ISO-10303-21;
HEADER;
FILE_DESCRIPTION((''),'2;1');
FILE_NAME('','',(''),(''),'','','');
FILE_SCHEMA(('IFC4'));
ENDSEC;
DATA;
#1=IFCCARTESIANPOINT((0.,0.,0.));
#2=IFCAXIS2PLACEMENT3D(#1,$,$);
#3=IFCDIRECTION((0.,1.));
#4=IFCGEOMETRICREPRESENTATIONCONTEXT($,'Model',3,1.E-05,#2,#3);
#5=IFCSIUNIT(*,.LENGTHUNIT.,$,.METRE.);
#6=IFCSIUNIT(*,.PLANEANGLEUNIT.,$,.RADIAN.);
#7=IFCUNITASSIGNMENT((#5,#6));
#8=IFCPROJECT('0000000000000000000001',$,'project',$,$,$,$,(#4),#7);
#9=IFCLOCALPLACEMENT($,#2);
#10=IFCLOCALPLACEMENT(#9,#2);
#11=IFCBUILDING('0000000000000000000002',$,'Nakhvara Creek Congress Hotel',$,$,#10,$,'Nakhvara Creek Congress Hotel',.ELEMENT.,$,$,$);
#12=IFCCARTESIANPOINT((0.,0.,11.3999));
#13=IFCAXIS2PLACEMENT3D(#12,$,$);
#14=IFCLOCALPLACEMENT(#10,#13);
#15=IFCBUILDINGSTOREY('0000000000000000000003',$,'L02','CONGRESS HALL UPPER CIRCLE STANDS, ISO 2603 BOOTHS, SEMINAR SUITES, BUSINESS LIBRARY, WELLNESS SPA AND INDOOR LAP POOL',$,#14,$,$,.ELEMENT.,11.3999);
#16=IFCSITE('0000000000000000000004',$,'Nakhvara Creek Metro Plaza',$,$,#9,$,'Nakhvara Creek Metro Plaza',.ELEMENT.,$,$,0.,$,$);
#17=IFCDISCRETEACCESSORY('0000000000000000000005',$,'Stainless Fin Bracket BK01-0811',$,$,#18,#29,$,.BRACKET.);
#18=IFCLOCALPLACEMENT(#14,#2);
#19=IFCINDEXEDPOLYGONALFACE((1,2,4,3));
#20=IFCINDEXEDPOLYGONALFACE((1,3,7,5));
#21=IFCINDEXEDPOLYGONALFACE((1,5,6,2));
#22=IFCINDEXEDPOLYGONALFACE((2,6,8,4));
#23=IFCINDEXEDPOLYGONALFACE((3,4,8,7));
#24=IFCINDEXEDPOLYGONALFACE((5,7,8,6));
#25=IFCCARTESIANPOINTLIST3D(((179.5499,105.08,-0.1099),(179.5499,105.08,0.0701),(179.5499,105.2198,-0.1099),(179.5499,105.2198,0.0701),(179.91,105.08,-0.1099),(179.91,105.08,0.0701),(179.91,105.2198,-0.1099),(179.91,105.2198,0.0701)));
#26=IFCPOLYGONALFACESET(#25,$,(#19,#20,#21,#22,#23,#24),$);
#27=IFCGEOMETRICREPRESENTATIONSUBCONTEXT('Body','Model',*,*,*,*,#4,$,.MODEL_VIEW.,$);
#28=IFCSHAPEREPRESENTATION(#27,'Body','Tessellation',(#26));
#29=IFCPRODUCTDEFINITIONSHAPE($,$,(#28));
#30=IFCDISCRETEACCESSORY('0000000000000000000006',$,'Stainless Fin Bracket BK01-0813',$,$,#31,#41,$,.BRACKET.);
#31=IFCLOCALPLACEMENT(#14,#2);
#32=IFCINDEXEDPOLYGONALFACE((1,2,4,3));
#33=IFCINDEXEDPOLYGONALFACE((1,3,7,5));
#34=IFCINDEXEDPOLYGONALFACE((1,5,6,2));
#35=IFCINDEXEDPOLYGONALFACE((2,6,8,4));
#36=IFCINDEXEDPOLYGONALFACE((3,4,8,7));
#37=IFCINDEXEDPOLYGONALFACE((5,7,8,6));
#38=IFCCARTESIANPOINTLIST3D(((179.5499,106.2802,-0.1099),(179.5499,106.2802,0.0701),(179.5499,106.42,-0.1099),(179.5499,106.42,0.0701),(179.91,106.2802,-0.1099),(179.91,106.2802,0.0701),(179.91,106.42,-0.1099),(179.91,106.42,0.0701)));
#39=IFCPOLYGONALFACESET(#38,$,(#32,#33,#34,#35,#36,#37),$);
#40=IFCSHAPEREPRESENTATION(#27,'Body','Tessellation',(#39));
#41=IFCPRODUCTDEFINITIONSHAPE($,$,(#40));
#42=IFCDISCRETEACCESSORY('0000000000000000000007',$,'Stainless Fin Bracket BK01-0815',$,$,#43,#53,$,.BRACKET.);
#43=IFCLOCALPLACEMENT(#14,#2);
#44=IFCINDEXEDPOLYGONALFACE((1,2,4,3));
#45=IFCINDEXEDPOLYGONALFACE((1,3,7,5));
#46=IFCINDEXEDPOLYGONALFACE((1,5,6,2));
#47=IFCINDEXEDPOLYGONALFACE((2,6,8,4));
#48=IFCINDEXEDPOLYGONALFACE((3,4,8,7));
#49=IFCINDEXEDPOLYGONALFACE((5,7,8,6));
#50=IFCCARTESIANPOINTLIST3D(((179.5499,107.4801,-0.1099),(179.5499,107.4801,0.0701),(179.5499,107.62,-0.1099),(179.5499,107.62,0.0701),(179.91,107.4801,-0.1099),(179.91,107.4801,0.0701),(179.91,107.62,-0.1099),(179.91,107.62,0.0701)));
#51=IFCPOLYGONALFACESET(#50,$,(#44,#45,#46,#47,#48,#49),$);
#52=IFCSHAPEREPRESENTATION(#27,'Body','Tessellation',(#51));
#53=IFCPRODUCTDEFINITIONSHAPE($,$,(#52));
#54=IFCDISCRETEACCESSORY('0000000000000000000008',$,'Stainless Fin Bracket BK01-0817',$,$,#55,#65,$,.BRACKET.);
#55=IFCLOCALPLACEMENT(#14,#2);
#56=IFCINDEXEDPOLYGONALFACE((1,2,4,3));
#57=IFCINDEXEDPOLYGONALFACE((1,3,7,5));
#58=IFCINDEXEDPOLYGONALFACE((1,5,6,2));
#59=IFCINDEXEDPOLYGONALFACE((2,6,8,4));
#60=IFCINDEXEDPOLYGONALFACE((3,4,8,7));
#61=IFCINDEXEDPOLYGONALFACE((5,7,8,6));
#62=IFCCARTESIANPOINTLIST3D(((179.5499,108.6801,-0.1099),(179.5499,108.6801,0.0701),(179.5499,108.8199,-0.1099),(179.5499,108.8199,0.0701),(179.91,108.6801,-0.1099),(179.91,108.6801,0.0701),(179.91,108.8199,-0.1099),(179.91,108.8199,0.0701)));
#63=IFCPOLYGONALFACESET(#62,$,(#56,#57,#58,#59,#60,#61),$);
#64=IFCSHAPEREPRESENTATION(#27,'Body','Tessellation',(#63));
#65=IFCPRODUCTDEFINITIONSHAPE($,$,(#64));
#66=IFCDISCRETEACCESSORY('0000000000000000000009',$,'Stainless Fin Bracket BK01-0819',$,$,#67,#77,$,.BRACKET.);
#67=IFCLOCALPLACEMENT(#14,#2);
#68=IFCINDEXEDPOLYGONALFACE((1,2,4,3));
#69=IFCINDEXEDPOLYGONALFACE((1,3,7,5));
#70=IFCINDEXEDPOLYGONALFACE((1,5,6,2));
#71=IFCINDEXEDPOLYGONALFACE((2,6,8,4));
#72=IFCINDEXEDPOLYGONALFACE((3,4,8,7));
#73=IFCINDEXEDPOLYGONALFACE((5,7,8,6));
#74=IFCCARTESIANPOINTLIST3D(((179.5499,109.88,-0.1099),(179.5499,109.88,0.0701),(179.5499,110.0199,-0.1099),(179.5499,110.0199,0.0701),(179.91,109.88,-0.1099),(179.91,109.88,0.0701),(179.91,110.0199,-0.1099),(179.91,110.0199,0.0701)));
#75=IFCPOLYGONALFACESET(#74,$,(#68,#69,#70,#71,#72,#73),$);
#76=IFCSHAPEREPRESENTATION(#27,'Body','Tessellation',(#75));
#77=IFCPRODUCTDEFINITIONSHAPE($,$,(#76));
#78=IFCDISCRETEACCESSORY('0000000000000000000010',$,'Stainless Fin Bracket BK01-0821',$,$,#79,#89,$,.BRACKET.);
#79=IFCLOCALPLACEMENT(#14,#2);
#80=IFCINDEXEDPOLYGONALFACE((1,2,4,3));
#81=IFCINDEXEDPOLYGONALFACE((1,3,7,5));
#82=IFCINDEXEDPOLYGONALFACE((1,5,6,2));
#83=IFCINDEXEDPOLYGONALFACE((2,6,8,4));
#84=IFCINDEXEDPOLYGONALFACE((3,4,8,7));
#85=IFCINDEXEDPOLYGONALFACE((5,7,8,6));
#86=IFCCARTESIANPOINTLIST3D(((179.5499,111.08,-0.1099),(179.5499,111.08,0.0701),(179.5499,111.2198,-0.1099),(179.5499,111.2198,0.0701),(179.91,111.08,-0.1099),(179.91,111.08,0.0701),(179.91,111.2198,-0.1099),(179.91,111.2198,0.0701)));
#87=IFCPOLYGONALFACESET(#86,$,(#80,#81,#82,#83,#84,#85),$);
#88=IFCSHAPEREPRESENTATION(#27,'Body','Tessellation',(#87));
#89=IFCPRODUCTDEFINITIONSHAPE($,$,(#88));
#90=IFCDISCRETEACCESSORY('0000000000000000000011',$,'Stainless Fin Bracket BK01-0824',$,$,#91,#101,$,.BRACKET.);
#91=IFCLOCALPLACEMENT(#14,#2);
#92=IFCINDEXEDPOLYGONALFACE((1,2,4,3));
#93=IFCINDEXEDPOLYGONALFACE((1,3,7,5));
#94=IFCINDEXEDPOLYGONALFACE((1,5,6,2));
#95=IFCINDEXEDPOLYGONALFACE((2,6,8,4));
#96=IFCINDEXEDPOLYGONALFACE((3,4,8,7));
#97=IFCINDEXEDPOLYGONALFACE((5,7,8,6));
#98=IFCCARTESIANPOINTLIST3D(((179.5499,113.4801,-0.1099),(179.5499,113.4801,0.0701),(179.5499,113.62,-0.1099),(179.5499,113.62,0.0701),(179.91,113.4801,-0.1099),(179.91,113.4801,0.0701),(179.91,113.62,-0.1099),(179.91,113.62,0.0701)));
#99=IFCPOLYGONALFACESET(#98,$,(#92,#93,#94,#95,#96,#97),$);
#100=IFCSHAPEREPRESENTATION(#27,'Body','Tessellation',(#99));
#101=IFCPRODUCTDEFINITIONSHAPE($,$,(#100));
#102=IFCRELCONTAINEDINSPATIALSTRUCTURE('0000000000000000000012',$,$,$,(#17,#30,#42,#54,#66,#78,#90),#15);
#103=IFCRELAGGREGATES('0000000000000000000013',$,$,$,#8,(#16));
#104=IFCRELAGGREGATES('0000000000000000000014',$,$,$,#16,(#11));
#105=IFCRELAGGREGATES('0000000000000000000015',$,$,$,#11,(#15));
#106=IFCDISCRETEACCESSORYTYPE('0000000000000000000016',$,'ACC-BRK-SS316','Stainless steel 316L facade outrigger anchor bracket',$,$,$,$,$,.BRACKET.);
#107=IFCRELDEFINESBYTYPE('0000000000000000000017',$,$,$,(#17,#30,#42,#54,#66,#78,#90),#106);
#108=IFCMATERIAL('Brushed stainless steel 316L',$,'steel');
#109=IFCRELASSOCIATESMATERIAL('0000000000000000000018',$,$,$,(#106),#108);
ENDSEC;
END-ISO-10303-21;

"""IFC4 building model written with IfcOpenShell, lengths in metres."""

from ifc_helpers import new_model, si_unit, direction, frame, origin, origin_2d, place, context, subcontext, project, spatial, rectangle, extrude, material, type_object, element, save


model = new_model("IFC4")

# Units and contexts
model_context = context("Model", 3, precision=1e-05, world=origin(), true_north=direction((0.0, 1.0)))
body_context = subcontext(model_context, "Body", "Model", "MODEL_VIEW")
ifc_project = project(units=[si_unit("LENGTHUNIT", "METRE"), si_unit("PLANEANGLEUNIT", "RADIAN")], contexts=[model_context])

# Site, building, storey
site_placement = place(None, origin())
site = spatial("IfcSite", under=ifc_project, at=site_placement, Name="Nakhvara Creek Metro Plaza", LongName="Nakhvara Creek Metro Plaza", CompositionType="ELEMENT", RefElevation=0.0)
building_placement = place(site_placement, origin())
building = spatial("IfcBuilding", under=site, at=building_placement, Name="Nakhvara Creek Congress Hotel", LongName="Nakhvara Creek Congress Hotel", CompositionType="ELEMENT")
storey_placement = place(building_placement, frame((0.0, 0.0, 11.3999)))
storey = spatial("IfcBuildingStorey", under=building, at=storey_placement, Name="L02", Description="CONGRESS HALL UPPER CIRCLE STANDS, ISO 2603 BOOTHS, SEMINAR SUITES, BUSINESS LIBRARY, WELLNESS SPA AND INDOOR LAP POOL", CompositionType="ELEMENT", Elevation=11.3999)

# Discrete accessories
ifc_material_1 = material(Name="Brushed stainless steel 316L", Category="steel")
discrete_accessory_type = type_object("IfcDiscreteAccessoryType", Name="ACC-BRK-SS316", Description="Stainless steel 316L facade outrigger anchor bracket", PredefinedType="BRACKET", material=ifc_material_1)
for number, where, z_axis, x_axis, name in (
    (1, (179.73, 105.1499, -0.1099), (0.0, 0.0, 1.0), (0.0, 1.0, 0.0), "Stainless Fin Bracket BK01-0811"),
    (2, (179.73, 106.3501, -0.1099), (0.0, 0.0, 1.0), (0.0, 1.0, 0.0), "Stainless Fin Bracket BK01-0813"),
    (3, (179.73, 107.55, -0.1099), (0.0, 0.0, 1.0), (0.0, 1.0, 0.0), "Stainless Fin Bracket BK01-0815"),
    (4, (179.73, 108.75, -0.1099), (0.0, 0.0, 1.0), (0.0, 1.0, 0.0), "Stainless Fin Bracket BK01-0817"),
    (5, (179.73, 109.95, -0.1099), (0.0, 0.0, 1.0), (0.0, 1.0, 0.0), "Stainless Fin Bracket BK01-0819"),
    (6, (179.73, 111.1499, -0.1099), (0.0, 0.0, 1.0), (0.0, 1.0, 0.0), "Stainless Fin Bracket BK01-0821"),
    (7, (179.73, 113.55, -0.1099), (0.0, 0.0, 1.0), (0.0, 1.0, 0.0), "Stainless Fin Bracket BK01-0824"),
):
    element("IfcDiscreteAccessory", number, at=place(storey_placement, frame(where, z_axis=z_axis, x_axis=x_axis)), inside=storey, type_object=discrete_accessory_type, Name=name, PredefinedType="BRACKET", context=body_context, shape_type="SweptSolid", body=[
        extrude(rectangle(XDim=0.1399, YDim=0.3601, at=origin_2d()), origin(), (0.0, 0.0, 1.0), 0.1799),
    ])

save(model, "model.ifc")
